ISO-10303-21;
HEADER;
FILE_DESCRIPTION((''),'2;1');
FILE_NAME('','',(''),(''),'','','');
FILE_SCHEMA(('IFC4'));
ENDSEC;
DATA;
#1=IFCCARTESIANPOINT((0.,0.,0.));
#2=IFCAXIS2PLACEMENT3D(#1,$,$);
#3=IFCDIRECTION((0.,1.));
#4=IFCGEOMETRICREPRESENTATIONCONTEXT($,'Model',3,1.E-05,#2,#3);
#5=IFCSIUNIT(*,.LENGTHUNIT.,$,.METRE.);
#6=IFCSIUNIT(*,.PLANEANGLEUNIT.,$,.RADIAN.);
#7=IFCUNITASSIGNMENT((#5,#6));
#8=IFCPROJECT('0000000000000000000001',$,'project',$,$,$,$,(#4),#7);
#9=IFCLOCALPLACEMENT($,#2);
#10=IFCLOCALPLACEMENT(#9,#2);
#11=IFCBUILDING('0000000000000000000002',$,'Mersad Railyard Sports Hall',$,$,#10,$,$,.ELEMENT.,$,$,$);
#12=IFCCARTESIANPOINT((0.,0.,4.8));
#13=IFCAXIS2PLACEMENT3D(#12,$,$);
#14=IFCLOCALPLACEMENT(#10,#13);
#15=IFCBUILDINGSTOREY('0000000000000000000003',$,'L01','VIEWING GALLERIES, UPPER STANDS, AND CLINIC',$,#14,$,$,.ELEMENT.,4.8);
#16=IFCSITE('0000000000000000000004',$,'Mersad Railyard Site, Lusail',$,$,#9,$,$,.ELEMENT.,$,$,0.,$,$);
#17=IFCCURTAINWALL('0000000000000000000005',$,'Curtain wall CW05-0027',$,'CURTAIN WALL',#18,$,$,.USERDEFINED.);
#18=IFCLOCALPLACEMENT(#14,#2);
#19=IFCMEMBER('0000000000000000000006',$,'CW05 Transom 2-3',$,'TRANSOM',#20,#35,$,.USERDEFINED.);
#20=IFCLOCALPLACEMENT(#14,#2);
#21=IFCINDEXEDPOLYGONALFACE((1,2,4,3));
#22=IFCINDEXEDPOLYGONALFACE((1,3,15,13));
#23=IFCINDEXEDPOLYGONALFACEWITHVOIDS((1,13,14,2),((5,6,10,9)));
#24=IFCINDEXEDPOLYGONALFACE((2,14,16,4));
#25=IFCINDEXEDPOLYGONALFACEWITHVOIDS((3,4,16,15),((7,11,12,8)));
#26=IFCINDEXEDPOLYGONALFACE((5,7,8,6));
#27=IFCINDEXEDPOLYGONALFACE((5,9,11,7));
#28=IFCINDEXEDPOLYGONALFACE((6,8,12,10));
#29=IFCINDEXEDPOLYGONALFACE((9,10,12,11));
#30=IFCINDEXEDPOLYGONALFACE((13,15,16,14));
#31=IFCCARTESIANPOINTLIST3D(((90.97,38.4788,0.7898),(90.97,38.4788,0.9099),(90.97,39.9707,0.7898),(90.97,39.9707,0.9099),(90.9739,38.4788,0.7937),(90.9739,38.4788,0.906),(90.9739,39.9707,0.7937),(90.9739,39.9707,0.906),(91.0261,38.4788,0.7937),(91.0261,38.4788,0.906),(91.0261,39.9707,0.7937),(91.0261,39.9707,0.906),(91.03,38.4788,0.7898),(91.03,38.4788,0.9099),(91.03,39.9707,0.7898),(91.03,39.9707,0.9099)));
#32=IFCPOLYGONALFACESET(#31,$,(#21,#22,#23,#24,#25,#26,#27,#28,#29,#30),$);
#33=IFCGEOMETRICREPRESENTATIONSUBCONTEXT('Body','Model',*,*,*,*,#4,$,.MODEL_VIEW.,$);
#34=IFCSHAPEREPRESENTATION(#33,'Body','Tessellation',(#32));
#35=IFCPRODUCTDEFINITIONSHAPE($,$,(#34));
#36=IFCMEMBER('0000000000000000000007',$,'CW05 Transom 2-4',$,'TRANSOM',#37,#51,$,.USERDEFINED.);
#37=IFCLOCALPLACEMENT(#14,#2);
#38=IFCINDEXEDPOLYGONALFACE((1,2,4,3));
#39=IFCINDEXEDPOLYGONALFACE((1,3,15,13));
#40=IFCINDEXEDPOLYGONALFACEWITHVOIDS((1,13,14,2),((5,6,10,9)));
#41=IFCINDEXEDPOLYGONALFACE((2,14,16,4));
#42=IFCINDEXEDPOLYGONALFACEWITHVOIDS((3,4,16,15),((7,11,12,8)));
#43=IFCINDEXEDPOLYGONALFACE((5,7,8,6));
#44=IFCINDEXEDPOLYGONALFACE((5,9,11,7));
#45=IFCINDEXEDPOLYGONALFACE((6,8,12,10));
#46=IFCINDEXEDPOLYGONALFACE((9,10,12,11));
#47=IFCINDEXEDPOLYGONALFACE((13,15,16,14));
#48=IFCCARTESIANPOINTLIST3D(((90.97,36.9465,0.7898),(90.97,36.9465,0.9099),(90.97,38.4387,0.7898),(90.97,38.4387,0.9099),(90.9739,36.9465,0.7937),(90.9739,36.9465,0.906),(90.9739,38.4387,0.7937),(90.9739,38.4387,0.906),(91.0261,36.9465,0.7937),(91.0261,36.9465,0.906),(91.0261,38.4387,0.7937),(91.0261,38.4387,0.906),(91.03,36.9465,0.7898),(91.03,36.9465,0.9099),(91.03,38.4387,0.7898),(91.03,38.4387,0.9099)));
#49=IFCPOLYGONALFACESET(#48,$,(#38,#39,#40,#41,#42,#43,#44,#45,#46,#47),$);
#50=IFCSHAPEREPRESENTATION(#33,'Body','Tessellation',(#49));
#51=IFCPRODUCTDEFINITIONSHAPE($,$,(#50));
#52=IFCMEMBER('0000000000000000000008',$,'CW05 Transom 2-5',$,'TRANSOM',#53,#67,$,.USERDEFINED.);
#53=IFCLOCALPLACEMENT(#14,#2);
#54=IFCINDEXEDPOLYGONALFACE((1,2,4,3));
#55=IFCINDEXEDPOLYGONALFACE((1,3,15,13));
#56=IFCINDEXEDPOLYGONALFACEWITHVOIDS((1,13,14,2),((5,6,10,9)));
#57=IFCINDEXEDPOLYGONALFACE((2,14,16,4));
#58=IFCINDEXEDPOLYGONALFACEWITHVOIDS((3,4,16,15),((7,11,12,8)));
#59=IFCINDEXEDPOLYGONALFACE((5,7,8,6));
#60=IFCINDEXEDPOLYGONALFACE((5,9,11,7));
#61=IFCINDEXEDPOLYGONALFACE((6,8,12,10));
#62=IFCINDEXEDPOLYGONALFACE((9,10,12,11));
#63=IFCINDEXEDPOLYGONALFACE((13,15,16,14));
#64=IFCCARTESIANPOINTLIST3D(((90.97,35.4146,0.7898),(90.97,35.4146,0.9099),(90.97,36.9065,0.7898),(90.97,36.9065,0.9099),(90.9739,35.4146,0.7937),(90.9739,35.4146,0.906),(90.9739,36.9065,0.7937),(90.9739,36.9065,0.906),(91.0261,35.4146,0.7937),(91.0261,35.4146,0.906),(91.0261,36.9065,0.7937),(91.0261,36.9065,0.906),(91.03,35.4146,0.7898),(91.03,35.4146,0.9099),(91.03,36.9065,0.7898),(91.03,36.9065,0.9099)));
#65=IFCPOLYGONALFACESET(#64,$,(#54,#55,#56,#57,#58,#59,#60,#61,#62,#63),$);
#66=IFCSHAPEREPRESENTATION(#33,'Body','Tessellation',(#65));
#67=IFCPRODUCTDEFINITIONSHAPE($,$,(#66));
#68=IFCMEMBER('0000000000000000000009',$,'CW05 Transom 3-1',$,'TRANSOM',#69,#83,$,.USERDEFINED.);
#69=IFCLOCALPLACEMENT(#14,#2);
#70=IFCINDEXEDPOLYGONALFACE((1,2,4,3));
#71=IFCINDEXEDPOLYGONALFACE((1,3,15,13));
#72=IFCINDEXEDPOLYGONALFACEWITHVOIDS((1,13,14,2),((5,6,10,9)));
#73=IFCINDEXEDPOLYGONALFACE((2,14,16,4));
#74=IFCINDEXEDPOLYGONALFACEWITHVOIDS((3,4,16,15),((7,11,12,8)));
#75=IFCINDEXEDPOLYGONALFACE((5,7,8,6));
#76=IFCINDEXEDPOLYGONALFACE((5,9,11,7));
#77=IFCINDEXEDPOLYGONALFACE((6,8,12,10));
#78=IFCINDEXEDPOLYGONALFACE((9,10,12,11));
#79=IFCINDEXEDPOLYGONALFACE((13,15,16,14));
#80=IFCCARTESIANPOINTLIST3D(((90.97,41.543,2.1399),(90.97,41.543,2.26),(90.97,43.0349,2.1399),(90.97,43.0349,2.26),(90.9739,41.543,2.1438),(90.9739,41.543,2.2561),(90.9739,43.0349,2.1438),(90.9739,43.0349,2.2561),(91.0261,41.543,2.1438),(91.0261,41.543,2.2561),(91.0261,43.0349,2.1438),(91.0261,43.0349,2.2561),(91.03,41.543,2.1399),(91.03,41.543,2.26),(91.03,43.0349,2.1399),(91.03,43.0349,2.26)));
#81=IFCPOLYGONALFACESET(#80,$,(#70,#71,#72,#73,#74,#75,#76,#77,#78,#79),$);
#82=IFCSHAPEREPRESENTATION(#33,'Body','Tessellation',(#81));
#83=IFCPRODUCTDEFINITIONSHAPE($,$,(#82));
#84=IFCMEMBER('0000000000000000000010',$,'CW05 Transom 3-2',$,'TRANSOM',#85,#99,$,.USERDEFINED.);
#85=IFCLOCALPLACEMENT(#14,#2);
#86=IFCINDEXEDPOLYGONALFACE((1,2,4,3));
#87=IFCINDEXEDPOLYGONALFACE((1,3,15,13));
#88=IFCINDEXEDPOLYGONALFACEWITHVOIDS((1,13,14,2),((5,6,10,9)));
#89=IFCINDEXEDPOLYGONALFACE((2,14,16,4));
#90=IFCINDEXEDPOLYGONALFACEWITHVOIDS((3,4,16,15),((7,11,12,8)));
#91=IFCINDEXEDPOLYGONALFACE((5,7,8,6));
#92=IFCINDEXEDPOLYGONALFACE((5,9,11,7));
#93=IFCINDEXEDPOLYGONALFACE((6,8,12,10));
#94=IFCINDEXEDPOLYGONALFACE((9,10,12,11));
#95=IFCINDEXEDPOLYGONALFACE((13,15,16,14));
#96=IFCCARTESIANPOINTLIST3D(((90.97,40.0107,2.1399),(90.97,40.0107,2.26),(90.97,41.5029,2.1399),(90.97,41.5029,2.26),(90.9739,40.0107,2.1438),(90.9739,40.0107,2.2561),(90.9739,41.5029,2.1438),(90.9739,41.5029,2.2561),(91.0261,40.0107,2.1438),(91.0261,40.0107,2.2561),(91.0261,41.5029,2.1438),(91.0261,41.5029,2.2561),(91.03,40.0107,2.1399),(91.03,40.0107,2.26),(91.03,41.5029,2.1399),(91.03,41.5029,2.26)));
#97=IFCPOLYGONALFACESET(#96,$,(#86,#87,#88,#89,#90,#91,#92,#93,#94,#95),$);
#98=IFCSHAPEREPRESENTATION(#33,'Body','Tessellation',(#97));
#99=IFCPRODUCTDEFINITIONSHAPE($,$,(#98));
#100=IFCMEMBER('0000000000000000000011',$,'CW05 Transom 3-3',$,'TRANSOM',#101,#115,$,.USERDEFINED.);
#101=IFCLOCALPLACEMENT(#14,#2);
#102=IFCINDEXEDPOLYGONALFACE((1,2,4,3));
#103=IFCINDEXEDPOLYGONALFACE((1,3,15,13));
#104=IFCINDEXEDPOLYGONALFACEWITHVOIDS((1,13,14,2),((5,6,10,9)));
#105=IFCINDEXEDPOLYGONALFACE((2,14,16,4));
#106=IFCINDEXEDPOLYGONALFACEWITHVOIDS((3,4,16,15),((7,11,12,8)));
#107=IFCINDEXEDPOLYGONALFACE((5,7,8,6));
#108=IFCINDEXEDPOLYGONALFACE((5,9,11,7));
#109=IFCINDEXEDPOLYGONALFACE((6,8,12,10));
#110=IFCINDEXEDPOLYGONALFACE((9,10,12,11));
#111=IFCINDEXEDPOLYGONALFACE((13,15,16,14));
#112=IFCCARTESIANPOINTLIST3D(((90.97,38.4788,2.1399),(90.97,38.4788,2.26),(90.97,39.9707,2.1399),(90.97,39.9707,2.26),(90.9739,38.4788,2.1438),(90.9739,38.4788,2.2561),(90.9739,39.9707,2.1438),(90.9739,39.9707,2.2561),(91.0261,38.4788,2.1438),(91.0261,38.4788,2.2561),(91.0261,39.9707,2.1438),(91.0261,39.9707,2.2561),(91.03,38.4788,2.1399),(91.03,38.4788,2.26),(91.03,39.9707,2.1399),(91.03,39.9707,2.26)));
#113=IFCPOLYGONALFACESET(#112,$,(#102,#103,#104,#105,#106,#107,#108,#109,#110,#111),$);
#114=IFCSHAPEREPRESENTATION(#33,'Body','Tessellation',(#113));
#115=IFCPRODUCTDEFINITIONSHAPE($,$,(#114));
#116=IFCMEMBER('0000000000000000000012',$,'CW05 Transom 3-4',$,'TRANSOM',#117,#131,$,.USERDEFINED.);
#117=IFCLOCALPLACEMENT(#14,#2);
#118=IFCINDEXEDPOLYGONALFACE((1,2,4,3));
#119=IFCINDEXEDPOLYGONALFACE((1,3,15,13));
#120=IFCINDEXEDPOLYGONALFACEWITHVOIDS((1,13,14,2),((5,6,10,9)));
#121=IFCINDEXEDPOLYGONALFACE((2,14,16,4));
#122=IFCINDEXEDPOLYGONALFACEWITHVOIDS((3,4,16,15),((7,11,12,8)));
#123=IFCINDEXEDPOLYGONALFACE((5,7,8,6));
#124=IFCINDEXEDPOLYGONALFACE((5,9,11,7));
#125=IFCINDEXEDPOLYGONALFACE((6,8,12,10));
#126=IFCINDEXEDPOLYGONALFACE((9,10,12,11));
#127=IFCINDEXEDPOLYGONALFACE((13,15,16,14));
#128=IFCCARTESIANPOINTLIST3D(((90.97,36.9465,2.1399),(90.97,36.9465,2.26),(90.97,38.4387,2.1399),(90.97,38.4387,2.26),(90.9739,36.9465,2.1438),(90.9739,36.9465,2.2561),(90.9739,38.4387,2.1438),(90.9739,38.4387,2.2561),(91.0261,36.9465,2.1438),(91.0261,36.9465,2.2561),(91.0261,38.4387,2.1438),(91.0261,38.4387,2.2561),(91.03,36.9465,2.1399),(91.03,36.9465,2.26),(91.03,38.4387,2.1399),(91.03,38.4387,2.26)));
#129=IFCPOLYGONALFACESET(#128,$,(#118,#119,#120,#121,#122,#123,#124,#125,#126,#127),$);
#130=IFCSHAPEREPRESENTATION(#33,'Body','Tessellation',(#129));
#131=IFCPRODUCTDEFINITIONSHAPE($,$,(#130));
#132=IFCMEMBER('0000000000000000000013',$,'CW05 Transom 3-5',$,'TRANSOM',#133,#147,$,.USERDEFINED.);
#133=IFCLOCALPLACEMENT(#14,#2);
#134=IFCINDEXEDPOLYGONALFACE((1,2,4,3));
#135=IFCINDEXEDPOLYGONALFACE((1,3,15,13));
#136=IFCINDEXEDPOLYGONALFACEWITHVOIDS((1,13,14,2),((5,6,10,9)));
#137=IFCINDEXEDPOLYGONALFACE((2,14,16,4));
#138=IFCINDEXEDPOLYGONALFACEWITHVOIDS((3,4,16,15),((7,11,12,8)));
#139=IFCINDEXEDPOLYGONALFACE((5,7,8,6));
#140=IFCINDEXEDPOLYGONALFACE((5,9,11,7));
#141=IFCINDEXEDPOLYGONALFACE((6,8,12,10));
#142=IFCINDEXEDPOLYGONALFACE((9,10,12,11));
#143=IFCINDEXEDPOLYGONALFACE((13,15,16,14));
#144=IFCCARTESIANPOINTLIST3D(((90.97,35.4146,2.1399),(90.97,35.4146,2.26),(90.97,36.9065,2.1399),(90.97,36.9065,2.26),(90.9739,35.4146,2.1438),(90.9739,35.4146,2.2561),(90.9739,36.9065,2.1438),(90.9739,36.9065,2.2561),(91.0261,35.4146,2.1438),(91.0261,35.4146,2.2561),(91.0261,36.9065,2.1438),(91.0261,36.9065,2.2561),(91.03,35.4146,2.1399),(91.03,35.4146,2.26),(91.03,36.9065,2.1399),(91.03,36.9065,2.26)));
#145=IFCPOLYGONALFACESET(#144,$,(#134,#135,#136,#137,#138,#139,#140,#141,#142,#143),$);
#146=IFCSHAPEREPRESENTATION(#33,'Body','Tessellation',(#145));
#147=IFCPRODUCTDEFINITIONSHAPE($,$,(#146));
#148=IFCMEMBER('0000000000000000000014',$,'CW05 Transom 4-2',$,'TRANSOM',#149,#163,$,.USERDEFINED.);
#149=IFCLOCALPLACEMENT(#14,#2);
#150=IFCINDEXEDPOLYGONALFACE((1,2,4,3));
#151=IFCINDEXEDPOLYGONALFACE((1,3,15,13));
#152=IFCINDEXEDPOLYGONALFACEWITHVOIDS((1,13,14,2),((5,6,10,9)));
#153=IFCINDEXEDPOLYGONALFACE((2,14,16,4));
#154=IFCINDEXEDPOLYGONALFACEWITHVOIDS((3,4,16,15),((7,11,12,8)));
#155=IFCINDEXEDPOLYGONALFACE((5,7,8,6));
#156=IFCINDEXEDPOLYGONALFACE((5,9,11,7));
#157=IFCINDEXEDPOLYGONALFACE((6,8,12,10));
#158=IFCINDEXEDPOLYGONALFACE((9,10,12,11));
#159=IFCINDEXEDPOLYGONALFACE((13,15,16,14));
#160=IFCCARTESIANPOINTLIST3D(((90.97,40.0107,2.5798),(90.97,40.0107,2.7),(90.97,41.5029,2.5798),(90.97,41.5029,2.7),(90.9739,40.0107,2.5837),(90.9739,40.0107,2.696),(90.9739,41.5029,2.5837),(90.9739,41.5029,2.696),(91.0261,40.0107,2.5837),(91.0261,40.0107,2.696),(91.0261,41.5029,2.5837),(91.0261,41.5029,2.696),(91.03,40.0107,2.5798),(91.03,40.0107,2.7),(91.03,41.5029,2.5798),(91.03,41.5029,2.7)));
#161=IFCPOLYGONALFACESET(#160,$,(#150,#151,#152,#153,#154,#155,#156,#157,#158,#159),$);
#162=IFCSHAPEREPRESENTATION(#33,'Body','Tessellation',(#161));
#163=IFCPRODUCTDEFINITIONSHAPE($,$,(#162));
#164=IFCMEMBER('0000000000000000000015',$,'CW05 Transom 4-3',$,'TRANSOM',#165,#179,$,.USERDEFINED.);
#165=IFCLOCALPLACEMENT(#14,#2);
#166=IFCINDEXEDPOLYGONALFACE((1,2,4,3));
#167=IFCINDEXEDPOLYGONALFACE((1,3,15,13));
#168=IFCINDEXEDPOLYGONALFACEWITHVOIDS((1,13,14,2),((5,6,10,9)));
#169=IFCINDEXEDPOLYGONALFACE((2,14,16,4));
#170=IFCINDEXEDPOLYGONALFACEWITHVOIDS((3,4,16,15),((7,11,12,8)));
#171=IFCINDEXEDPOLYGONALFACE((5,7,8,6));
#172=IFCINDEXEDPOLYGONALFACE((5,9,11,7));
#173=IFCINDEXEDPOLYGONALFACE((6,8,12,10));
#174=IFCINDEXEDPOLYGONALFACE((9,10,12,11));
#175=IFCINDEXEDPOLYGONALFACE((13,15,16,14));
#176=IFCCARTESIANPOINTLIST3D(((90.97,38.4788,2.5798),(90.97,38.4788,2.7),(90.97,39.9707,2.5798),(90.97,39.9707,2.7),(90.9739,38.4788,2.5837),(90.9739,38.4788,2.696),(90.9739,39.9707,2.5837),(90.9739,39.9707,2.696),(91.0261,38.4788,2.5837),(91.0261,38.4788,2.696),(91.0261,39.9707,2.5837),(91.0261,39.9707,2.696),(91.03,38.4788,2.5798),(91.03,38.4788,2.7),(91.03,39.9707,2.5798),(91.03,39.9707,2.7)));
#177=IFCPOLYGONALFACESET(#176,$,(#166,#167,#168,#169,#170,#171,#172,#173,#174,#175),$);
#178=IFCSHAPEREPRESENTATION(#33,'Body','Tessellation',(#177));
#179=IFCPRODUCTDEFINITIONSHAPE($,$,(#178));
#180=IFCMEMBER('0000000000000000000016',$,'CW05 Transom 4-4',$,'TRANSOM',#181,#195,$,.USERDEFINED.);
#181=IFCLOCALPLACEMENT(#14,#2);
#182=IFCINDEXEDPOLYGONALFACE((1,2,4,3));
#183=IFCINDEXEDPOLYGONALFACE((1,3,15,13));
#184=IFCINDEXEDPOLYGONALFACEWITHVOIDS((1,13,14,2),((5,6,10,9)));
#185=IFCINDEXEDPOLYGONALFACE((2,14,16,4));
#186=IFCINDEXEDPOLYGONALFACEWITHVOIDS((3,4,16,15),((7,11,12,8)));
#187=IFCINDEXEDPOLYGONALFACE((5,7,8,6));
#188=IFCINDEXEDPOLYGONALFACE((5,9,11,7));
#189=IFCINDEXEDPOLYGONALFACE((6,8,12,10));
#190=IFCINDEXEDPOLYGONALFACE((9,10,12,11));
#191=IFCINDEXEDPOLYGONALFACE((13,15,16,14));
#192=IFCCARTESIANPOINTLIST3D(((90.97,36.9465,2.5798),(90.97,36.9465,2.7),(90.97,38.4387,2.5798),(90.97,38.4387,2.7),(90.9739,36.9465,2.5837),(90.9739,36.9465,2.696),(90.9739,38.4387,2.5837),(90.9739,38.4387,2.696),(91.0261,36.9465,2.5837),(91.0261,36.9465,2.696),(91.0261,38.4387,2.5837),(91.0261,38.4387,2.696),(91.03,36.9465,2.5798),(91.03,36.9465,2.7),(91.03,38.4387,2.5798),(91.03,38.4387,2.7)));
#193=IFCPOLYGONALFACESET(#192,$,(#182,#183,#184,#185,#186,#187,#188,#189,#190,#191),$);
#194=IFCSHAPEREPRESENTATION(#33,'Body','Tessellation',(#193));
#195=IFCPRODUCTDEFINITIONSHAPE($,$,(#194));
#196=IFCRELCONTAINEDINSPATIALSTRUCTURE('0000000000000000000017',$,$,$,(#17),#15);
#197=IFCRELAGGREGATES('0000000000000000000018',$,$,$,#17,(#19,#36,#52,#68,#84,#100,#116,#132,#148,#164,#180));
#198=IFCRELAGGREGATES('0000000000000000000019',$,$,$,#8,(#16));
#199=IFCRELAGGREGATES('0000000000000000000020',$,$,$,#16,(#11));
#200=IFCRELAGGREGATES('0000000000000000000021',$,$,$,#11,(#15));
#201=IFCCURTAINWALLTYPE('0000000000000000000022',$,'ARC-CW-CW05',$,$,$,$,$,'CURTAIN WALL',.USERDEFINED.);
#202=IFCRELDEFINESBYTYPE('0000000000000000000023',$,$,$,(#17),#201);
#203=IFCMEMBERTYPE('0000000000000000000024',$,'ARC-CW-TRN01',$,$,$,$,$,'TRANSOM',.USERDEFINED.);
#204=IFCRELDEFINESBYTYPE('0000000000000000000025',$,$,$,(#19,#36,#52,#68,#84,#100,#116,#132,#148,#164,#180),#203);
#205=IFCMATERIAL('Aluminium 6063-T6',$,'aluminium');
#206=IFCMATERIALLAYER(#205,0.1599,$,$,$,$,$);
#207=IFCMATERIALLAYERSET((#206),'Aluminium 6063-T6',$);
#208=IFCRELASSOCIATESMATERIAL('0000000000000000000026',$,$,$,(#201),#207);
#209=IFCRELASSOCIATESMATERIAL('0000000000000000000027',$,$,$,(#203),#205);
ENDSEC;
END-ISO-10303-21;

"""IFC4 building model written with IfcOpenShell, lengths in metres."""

from ifc_helpers import new_model, si_unit, direction, frame, origin, origin_2d, place, context, subcontext, project, spatial, hollow_rectangle, extrude, material, layer, layer_set, material_profile, profile_set, type_object, element, aggregate, save


model = new_model("IFC4")

# Units and contexts
model_context = context("Model", 3, precision=1e-05, world=origin(), true_north=direction((0.0, 1.0)))
body_context = subcontext(model_context, "Body", "Model", "MODEL_VIEW")
ifc_project = project(units=[si_unit("LENGTHUNIT", "METRE"), si_unit("PLANEANGLEUNIT", "RADIAN")], contexts=[model_context])

# Site, building, storey
site_placement = place(None, origin())
site = spatial("IfcSite", under=ifc_project, at=site_placement, Name="Mersad Railyard Site, Lusail", CompositionType="ELEMENT", RefElevation=0.0)
building_placement = place(site_placement, origin())
building = spatial("IfcBuilding", under=site, at=building_placement, Name="Mersad Railyard Sports Hall", CompositionType="ELEMENT")
storey_placement = place(building_placement, frame((0.0, 0.0, 4.8)))
storey = spatial("IfcBuildingStorey", under=building, at=storey_placement, Name="L01", Description="VIEWING GALLERIES, UPPER STANDS, AND CLINIC", CompositionType="ELEMENT", Elevation=4.8)

# Curtain wall, members
ifc_material_1 = material(Name="Aluminium 6063-T6", Category="aluminium")
ifc_layer_1 = layer(ifc_material_1, 0.1599)
ifc_layer_set_1 = layer_set([ifc_layer_1], Name="Aluminium 6063-T6")
curtain_wall_type = type_object("IfcCurtainWallType", Name="ARC-CW-CW05", ElementType="CURTAIN WALL", PredefinedType="USERDEFINED", material=ifc_layer_set_1)
curtain_wall_placement = place(storey_placement, origin())
curtain_wall = element("IfcCurtainWall", 1, at=curtain_wall_placement, inside=storey, type_object=curtain_wall_type, Name="Curtain wall CW05-0027", ObjectType="CURTAIN WALL", PredefinedType="USERDEFINED")
ifc_material_profile_1 = material_profile(ifc_material_1, hollow_rectangle(XDim=0.0601, YDim=0.1201, WallThickness=0.0039, at=origin_2d()), Name="AL TRANSOM 60x120x4")
ifc_profile_set_1 = profile_set([ifc_material_profile_1], Name="Aluminium 6063-T6")
member_type_1 = type_object("IfcMemberType", Name="ARC-CW-TRN01", ElementType="TRANSOM", PredefinedType="USERDEFINED", material=ifc_profile_set_1)
member_1_placement = place(storey_placement, frame((91.0, 39.9707, 0.8499), z_axis=(0.0, -1.0, 0.0), x_axis=(1.0, 0.0, 0.0)))
member_1 = element("IfcMember", 2, at=member_1_placement, type_object=member_type_1, Name="CW05 Transom 2-3", ObjectType="TRANSOM", PredefinedType="USERDEFINED", context=body_context, shape_type="SweptSolid", body=[
    extrude(hollow_rectangle(XDim=0.0601, YDim=0.1201, WallThickness=0.0039, at=origin_2d()), origin(), (0.0, 0.0, 1.0), 1.4919),
])
member_2_placement = place(storey_placement, frame((91.0, 38.4387, 0.8499), z_axis=(0.0, -1.0, 0.0), x_axis=(1.0, 0.0, 0.0)))
member_2 = element("IfcMember", 3, at=member_2_placement, type_object=member_type_1, Name="CW05 Transom 2-4", ObjectType="TRANSOM", PredefinedType="USERDEFINED", context=body_context, shape_type="SweptSolid", body=[
    extrude(hollow_rectangle(XDim=0.0601, YDim=0.1201, WallThickness=0.0039, at=origin_2d()), origin(), (0.0, 0.0, 1.0), 1.4922),
])
member_3_placement = place(storey_placement, frame((91.0, 36.9065, 0.8499), z_axis=(0.0, -1.0, 0.0), x_axis=(1.0, 0.0, 0.0)))
member_3 = element("IfcMember", 4, at=member_3_placement, type_object=member_type_1, Name="CW05 Transom 2-5", ObjectType="TRANSOM", PredefinedType="USERDEFINED", context=body_context, shape_type="SweptSolid", body=[
    extrude(hollow_rectangle(XDim=0.0601, YDim=0.1201, WallThickness=0.0039, at=origin_2d()), origin(), (0.0, 0.0, 1.0), 1.4919),
])
member_4_placement = place(storey_placement, frame((91.0, 43.0349, 2.2), z_axis=(0.0, -1.0, 0.0), x_axis=(1.0, 0.0, 0.0)))
member_4 = element("IfcMember", 5, at=member_4_placement, type_object=member_type_1, Name="CW05 Transom 3-1", ObjectType="TRANSOM", PredefinedType="USERDEFINED", context=body_context, shape_type="SweptSolid", body=[
    extrude(hollow_rectangle(XDim=0.0601, YDim=0.1201, WallThickness=0.0039, at=origin_2d()), origin(), (0.0, 0.0, 1.0), 1.4919),
])
member_5_placement = place(storey_placement, frame((91.0, 41.5029, 2.2), z_axis=(0.0, -1.0, 0.0), x_axis=(1.0, 0.0, 0.0)))
member_5 = element("IfcMember", 6, at=member_5_placement, type_object=member_type_1, Name="CW05 Transom 3-2", ObjectType="TRANSOM", PredefinedType="USERDEFINED", context=body_context, shape_type="SweptSolid", body=[
    extrude(hollow_rectangle(XDim=0.0601, YDim=0.1201, WallThickness=0.0039, at=origin_2d()), origin(), (0.0, 0.0, 1.0), 1.4922),
])
member_6_placement = place(storey_placement, frame((91.0, 39.9707, 2.2), z_axis=(0.0, -1.0, 0.0), x_axis=(1.0, 0.0, 0.0)))
member_6 = element("IfcMember", 7, at=member_6_placement, type_object=member_type_1, Name="CW05 Transom 3-3", ObjectType="TRANSOM", PredefinedType="USERDEFINED", context=body_context, shape_type="SweptSolid", body=[
    extrude(hollow_rectangle(XDim=0.0601, YDim=0.1201, WallThickness=0.0039, at=origin_2d()), origin(), (0.0, 0.0, 1.0), 1.4919),
])
member_7_placement = place(storey_placement, frame((91.0, 38.4387, 2.2), z_axis=(0.0, -1.0, 0.0), x_axis=(1.0, 0.0, 0.0)))
member_7 = element("IfcMember", 8, at=member_7_placement, type_object=member_type_1, Name="CW05 Transom 3-4", ObjectType="TRANSOM", PredefinedType="USERDEFINED", context=body_context, shape_type="SweptSolid", body=[
    extrude(hollow_rectangle(XDim=0.0601, YDim=0.1201, WallThickness=0.0039, at=origin_2d()), origin(), (0.0, 0.0, 1.0), 1.4922),
])
member_8_placement = place(storey_placement, frame((91.0, 36.9065, 2.2), z_axis=(0.0, -1.0, 0.0), x_axis=(1.0, 0.0, 0.0)))
member_8 = element("IfcMember", 9, at=member_8_placement, type_object=member_type_1, Name="CW05 Transom 3-5", ObjectType="TRANSOM", PredefinedType="USERDEFINED", context=body_context, shape_type="SweptSolid", body=[
    extrude(hollow_rectangle(XDim=0.0601, YDim=0.1201, WallThickness=0.0039, at=origin_2d()), origin(), (0.0, 0.0, 1.0), 1.4919),
])
member_9_placement = place(storey_placement, frame((91.0, 41.5029, 2.6399), z_axis=(0.0, -1.0, 0.0), x_axis=(1.0, 0.0, 0.0)))
member_9 = element("IfcMember", 10, at=member_9_placement, type_object=member_type_1, Name="CW05 Transom 4-2", ObjectType="TRANSOM", PredefinedType="USERDEFINED", context=body_context, shape_type="SweptSolid", body=[
    extrude(hollow_rectangle(XDim=0.0601, YDim=0.1201, WallThickness=0.0039, at=origin_2d()), origin(), (0.0, 0.0, 1.0), 1.4922),
])
member_10_placement = place(storey_placement, frame((91.0, 39.9707, 2.6399), z_axis=(0.0, -1.0, 0.0), x_axis=(1.0, 0.0, 0.0)))
member_10 = element("IfcMember", 11, at=member_10_placement, type_object=member_type_1, Name="CW05 Transom 4-3", ObjectType="TRANSOM", PredefinedType="USERDEFINED", context=body_context, shape_type="SweptSolid", body=[
    extrude(hollow_rectangle(XDim=0.0601, YDim=0.1201, WallThickness=0.0039, at=origin_2d()), origin(), (0.0, 0.0, 1.0), 1.4919),
])
member_11_placement = place(storey_placement, frame((91.0, 38.4387, 2.6399), z_axis=(0.0, -1.0, 0.0), x_axis=(1.0, 0.0, 0.0)))
member_11 = element("IfcMember", 12, at=member_11_placement, type_object=member_type_1, Name="CW05 Transom 4-4", ObjectType="TRANSOM", PredefinedType="USERDEFINED", context=body_context, shape_type="SweptSolid", body=[
    extrude(hollow_rectangle(XDim=0.0601, YDim=0.1201, WallThickness=0.0039, at=origin_2d()), origin(), (0.0, 0.0, 1.0), 1.4922),
])
aggregate(curtain_wall, [member_1, member_2, member_3, member_4, member_5, member_6, member_7, member_8, member_9, member_10, member_11])

save(model, "model.ifc")
